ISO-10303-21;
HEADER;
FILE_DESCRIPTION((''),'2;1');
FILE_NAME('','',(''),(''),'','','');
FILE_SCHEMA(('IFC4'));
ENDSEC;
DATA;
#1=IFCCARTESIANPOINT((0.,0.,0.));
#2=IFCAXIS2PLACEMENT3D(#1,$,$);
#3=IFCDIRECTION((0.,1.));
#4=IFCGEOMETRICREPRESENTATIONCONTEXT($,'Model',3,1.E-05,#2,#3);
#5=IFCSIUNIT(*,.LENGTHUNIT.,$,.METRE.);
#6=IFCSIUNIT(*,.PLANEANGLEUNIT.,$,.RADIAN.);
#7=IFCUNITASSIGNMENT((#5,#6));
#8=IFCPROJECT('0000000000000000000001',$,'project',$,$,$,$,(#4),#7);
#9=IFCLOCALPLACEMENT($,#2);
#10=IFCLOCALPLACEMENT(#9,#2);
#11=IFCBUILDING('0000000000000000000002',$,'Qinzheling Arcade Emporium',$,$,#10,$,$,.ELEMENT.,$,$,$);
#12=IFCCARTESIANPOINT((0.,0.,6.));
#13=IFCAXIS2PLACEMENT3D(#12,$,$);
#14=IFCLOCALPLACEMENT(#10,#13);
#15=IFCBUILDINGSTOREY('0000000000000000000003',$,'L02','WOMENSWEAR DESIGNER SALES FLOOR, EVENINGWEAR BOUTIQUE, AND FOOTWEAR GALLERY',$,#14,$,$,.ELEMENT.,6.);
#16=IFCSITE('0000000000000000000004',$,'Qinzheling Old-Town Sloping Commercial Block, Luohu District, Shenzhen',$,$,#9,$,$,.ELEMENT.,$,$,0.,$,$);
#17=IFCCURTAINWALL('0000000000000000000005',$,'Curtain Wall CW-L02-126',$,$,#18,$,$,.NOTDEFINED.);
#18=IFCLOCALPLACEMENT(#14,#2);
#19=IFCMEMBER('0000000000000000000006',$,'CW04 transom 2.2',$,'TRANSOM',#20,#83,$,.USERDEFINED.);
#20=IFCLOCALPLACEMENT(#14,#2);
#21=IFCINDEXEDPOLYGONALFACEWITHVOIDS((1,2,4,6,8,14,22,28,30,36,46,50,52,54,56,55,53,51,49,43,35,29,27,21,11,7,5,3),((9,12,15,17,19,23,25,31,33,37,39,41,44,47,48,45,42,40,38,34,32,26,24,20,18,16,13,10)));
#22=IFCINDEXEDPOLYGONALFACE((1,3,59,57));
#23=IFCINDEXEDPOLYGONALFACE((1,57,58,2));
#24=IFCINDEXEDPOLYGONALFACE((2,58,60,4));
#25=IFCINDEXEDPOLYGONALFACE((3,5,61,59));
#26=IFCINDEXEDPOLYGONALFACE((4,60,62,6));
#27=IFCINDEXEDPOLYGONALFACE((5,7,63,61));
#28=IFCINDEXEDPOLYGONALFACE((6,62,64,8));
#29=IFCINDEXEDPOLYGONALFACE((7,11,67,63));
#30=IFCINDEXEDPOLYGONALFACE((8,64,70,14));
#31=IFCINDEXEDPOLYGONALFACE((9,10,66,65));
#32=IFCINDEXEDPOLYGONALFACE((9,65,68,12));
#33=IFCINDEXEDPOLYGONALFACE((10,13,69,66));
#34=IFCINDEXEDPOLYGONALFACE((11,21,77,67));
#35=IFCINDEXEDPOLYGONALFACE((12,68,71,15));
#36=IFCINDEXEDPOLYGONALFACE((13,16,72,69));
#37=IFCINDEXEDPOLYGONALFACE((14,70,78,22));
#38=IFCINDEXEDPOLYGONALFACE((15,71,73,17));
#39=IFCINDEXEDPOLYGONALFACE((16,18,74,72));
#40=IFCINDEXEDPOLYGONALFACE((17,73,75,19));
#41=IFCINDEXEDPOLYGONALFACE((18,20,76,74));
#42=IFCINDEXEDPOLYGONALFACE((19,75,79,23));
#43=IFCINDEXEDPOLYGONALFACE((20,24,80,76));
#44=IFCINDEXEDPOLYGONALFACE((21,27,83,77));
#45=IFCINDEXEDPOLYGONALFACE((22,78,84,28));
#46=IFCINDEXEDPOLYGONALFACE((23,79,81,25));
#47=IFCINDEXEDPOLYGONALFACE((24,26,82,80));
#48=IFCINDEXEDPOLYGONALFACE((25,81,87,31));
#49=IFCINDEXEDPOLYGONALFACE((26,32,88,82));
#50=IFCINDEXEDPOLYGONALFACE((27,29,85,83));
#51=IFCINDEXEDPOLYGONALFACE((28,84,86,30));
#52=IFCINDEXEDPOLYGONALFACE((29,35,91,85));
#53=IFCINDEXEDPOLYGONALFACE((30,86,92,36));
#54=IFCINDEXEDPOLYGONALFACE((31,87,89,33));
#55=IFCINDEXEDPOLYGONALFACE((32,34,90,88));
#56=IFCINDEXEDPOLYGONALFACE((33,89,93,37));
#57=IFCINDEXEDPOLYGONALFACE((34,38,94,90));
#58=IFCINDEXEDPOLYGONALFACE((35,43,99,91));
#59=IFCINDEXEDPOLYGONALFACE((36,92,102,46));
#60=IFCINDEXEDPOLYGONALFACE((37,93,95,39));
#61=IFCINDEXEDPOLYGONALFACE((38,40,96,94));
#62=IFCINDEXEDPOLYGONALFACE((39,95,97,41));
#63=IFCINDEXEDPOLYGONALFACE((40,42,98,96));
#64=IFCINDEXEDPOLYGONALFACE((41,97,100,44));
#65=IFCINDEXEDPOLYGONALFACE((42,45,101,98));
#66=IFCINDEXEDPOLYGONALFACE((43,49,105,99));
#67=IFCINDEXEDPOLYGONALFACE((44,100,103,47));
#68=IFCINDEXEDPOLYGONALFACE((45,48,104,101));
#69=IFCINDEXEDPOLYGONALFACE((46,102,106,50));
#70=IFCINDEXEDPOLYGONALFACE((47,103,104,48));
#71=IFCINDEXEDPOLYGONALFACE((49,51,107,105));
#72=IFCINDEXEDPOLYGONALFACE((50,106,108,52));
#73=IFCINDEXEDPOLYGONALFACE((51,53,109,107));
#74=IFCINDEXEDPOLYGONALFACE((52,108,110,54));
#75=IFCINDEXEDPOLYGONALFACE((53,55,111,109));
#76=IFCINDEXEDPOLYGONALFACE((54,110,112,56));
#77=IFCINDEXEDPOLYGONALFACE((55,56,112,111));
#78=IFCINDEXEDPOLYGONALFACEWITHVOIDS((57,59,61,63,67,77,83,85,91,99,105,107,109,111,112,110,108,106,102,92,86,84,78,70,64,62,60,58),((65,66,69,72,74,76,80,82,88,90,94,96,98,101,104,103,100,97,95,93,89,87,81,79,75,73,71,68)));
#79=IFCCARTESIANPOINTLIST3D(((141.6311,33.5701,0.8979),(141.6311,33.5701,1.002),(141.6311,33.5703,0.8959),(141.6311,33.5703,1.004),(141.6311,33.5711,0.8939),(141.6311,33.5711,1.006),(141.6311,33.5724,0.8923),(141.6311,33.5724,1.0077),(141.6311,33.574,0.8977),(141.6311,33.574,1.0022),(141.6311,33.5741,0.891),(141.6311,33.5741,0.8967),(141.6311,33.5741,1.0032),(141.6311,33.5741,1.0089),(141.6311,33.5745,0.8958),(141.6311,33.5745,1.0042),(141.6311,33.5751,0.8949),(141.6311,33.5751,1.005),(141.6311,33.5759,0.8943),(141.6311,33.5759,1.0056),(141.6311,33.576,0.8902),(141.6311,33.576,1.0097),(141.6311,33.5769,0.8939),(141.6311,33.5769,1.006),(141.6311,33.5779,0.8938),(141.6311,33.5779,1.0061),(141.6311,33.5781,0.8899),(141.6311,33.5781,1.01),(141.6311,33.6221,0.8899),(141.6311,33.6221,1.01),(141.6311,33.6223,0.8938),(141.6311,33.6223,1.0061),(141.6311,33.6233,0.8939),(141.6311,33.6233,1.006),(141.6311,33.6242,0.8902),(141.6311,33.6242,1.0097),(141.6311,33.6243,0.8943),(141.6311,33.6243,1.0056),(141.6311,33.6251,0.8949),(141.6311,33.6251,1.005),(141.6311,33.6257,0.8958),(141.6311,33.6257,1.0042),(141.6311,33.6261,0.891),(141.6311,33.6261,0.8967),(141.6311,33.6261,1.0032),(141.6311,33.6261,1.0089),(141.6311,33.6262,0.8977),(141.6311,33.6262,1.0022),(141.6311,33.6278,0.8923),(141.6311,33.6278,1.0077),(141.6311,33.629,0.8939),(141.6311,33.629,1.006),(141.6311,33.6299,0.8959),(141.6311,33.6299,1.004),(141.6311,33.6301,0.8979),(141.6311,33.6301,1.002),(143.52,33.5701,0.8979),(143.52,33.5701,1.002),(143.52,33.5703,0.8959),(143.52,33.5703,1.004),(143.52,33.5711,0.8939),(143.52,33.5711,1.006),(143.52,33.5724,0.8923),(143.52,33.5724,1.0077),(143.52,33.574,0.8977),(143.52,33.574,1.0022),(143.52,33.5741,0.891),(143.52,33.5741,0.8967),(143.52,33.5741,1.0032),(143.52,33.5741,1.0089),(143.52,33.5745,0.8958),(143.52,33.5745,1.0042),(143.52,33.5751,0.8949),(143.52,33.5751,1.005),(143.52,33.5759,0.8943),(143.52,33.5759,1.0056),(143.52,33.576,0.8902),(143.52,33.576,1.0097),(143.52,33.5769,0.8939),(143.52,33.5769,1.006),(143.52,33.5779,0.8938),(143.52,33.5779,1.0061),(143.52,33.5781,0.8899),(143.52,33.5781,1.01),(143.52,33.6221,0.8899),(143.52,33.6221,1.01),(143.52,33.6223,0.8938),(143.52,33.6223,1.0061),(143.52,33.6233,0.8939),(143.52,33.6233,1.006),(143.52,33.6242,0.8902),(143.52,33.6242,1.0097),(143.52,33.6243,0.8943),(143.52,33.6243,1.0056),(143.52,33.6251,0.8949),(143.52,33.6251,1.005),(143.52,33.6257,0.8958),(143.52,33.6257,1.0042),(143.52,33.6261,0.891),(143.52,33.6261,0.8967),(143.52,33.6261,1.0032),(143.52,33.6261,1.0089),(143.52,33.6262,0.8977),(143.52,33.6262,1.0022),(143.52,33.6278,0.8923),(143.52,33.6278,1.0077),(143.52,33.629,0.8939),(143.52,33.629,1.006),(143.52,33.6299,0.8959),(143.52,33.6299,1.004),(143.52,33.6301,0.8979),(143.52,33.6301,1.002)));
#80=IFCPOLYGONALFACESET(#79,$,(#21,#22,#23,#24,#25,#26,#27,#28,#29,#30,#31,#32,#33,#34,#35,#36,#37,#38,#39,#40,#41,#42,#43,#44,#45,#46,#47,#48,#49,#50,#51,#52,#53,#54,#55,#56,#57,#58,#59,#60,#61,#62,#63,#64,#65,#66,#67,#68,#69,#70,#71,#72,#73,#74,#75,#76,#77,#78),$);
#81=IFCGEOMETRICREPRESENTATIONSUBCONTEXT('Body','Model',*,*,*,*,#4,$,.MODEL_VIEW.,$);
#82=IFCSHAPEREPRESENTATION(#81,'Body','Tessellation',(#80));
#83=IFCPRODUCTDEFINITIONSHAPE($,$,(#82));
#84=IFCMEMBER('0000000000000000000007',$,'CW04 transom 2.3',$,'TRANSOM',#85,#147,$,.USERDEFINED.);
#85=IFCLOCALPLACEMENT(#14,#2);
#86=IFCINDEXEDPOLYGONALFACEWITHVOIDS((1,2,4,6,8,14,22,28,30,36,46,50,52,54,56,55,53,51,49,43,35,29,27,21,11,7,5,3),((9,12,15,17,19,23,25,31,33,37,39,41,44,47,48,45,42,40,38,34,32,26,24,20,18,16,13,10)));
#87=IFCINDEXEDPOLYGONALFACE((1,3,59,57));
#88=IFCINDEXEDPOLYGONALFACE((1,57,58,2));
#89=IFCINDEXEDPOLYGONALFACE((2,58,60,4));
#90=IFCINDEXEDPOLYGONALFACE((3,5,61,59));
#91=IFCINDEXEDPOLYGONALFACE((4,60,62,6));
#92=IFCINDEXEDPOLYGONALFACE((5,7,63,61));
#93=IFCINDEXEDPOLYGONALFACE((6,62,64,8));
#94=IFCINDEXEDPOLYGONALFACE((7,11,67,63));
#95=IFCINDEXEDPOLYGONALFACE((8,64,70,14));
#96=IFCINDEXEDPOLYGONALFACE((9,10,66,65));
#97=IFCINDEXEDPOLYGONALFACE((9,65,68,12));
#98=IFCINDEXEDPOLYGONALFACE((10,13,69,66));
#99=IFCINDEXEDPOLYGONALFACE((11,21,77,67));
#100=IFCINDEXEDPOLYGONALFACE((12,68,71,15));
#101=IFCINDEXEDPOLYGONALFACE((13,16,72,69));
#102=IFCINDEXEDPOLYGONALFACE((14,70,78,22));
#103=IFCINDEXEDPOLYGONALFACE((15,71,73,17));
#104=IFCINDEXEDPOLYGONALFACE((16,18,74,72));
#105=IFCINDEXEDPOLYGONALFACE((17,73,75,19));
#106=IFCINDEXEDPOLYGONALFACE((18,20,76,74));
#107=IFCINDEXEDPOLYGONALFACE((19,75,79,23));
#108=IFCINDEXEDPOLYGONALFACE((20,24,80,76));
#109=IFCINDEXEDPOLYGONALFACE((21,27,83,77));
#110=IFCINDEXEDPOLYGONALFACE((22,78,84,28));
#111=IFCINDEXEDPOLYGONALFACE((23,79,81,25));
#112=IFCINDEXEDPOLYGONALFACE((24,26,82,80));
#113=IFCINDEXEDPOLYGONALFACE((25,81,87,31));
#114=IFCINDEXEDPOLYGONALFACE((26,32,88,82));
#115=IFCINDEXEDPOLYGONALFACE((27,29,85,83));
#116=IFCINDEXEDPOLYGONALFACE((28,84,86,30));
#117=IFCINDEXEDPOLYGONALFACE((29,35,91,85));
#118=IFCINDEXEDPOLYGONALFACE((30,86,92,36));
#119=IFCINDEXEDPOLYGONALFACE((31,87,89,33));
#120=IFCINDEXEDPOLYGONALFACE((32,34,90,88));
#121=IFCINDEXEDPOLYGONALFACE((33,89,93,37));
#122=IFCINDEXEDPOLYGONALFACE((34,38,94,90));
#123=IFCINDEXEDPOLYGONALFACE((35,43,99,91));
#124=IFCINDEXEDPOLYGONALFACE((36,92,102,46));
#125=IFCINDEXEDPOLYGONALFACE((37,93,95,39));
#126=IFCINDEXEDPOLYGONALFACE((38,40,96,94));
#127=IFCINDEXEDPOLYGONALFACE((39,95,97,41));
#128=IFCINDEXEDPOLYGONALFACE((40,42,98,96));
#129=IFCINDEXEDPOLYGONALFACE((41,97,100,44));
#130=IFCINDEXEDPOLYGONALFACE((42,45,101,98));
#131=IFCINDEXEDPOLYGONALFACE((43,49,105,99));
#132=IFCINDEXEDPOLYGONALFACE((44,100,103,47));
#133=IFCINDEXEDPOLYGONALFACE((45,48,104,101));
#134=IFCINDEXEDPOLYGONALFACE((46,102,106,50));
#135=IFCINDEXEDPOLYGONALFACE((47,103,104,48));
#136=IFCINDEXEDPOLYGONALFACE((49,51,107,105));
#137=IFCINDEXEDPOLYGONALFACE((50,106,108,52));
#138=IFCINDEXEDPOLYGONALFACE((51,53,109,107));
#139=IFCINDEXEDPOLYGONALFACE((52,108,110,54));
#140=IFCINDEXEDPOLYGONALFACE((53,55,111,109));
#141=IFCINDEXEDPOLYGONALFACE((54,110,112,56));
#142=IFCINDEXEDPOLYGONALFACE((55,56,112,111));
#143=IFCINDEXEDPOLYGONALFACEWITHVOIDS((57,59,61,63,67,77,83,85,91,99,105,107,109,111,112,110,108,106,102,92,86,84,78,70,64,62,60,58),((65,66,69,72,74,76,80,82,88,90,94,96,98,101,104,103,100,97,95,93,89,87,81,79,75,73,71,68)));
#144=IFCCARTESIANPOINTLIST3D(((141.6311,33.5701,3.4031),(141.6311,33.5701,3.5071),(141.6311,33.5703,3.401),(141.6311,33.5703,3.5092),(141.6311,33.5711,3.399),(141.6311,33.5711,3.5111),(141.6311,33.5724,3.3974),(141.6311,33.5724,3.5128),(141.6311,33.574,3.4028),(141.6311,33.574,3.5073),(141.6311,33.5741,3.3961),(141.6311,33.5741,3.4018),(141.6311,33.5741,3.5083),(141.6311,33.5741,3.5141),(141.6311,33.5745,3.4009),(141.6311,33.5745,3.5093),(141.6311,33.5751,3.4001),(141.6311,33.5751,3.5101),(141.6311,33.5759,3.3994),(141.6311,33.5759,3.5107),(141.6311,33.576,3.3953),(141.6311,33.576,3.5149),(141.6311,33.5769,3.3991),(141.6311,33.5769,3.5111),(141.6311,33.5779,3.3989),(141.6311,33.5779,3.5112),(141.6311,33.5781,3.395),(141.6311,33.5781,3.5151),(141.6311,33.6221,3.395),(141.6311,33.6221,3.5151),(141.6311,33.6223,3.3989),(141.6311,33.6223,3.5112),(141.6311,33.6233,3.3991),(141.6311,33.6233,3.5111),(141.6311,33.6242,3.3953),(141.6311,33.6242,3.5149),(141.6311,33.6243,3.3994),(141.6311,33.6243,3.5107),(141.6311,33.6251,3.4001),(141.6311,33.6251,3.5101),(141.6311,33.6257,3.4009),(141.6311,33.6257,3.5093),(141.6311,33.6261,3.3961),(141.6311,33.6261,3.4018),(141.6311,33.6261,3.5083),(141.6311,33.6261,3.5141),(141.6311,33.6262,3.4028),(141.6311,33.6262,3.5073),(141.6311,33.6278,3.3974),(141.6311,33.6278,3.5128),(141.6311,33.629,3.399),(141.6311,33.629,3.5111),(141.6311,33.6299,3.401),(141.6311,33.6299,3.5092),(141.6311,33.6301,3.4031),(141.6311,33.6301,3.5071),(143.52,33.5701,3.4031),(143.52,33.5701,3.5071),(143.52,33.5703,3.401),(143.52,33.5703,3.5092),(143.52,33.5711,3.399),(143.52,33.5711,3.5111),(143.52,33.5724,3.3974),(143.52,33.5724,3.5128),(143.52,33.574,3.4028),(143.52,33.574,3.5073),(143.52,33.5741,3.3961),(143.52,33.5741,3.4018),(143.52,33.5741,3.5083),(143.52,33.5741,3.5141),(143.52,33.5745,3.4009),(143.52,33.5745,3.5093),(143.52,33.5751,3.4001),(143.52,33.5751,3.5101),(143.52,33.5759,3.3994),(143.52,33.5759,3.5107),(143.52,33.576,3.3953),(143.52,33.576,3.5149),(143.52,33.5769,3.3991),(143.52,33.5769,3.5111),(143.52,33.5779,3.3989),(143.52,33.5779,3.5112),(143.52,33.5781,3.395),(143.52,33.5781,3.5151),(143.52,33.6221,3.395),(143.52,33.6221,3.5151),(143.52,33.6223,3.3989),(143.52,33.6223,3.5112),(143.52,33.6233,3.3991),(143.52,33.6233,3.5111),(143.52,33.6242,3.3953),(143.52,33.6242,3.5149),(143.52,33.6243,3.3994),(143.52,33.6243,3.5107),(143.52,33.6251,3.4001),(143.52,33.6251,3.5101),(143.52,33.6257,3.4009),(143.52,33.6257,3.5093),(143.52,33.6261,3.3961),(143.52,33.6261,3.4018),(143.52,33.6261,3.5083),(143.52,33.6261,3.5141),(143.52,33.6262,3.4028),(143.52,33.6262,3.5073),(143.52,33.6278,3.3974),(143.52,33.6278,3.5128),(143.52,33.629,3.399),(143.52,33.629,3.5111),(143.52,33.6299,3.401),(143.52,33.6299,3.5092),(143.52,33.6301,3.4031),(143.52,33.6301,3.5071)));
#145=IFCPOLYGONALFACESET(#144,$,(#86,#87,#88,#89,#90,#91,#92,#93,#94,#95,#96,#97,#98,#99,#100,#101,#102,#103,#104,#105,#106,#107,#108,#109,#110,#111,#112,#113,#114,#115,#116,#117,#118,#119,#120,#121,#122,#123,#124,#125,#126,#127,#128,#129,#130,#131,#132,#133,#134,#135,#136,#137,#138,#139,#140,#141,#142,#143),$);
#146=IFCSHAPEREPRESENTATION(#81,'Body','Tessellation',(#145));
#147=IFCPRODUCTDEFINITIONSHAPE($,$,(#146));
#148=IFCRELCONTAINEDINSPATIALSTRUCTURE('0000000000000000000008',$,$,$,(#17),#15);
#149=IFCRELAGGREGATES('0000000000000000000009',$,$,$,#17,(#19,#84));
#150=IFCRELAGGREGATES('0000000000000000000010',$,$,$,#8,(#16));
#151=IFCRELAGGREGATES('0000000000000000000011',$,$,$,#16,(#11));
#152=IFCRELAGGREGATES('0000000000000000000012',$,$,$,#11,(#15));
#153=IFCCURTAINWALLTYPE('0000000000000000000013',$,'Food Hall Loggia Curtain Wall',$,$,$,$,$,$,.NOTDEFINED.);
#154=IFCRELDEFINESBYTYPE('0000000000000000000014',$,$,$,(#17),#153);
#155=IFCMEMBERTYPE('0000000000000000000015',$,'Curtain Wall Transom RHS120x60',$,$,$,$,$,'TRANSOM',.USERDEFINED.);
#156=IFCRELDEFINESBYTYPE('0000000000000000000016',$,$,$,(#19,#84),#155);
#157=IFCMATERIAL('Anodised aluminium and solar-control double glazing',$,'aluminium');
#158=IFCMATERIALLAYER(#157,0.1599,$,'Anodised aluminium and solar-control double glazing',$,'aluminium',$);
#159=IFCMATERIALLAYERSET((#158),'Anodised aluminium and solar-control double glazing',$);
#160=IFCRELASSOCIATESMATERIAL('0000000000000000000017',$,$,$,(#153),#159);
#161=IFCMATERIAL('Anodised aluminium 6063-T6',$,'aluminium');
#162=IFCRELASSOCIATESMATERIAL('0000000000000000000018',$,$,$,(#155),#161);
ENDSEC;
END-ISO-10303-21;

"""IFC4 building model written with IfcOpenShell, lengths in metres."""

from ifc_helpers import new_model, si_unit, direction, frame, origin, origin_2d, place, context, subcontext, project, spatial, hollow_rectangle, extrude, material, layer, layer_set, material_profile, profile_set, type_object, element, aggregate, save


model = new_model("IFC4")

# Units and contexts
model_context = context("Model", 3, precision=1e-05, world=origin(), true_north=direction((0.0, 1.0)))
body_context = subcontext(model_context, "Body", "Model", "MODEL_VIEW")
ifc_project = project(units=[si_unit("LENGTHUNIT", "METRE"), si_unit("PLANEANGLEUNIT", "RADIAN")], contexts=[model_context])

# Site, building, storey
site_placement = place(None, origin())
site = spatial("IfcSite", under=ifc_project, at=site_placement, Name="Qinzheling Old-Town Sloping Commercial Block, Luohu District, Shenzhen", CompositionType="ELEMENT", RefElevation=0.0)
building_placement = place(site_placement, origin())
building = spatial("IfcBuilding", under=site, at=building_placement, Name="Qinzheling Arcade Emporium", CompositionType="ELEMENT")
storey_placement = place(building_placement, frame((0.0, 0.0, 6.0)))
storey = spatial("IfcBuildingStorey", under=building, at=storey_placement, Name="L02", Description="WOMENSWEAR DESIGNER SALES FLOOR, EVENINGWEAR BOUTIQUE, AND FOOTWEAR GALLERY", CompositionType="ELEMENT", Elevation=6.0)

# Curtain wall, members
ifc_material_1 = material(Name="Anodised aluminium and solar-control double glazing", Category="aluminium")
ifc_layer_1 = layer(ifc_material_1, 0.1599, Name="Anodised aluminium and solar-control double glazing", Category="aluminium")
ifc_layer_set_1 = layer_set([ifc_layer_1], Name="Anodised aluminium and solar-control double glazing")
curtain_wall_type = type_object("IfcCurtainWallType", Name="Food Hall Loggia Curtain Wall", PredefinedType="NOTDEFINED", material=ifc_layer_set_1)
curtain_wall_placement = place(storey_placement, origin())
curtain_wall = element("IfcCurtainWall", 1, at=curtain_wall_placement, inside=storey, type_object=curtain_wall_type, Name="Curtain Wall CW-L02-126", PredefinedType="NOTDEFINED")
ifc_material_2 = material(Name="Anodised aluminium 6063-T6", Category="aluminium")
ifc_material_profile_1 = material_profile(ifc_material_2, hollow_rectangle(XDim=0.0601, YDim=0.1201, WallThickness=0.0039, InnerFilletRadius=0.0039, OuterFilletRadius=0.0081, at=origin_2d()), Name="RHS 120x60x4", Category="aluminium")
ifc_profile_set_1 = profile_set([ifc_material_profile_1], Name="Anodised aluminium 6063-T6")
member_type_1 = type_object("IfcMemberType", Name="Curtain Wall Transom RHS120x60", ElementType="TRANSOM", PredefinedType="USERDEFINED", material=ifc_profile_set_1)
member_1_placement = place(storey_placement, frame((141.6311, 33.6001, 0.95), z_axis=(1.0, 0.0, 0.0), x_axis=(0.0, 1.0, 0.0)))
member_1 = element("IfcMember", 2, at=member_1_placement, type_object=member_type_1, Name="CW04 transom 2.2", ObjectType="TRANSOM", PredefinedType="USERDEFINED", context=body_context, shape_type="SweptSolid", body=[
    extrude(hollow_rectangle(XDim=0.0601, YDim=0.1201, WallThickness=0.0039, InnerFilletRadius=0.0039, OuterFilletRadius=0.0081, at=origin_2d()), origin(), (0.0, 0.0, 1.0), 1.8889),
])
member_2_placement = place(storey_placement, frame((141.6311, 33.6001, 3.4551), z_axis=(1.0, 0.0, 0.0), x_axis=(0.0, 1.0, 0.0)))
member_2 = element("IfcMember", 3, at=member_2_placement, type_object=member_type_1, Name="CW04 transom 2.3", ObjectType="TRANSOM", PredefinedType="USERDEFINED", context=body_context, shape_type="SweptSolid", body=[
    extrude(hollow_rectangle(XDim=0.0601, YDim=0.1201, WallThickness=0.0039, InnerFilletRadius=0.0039, OuterFilletRadius=0.0081, at=origin_2d()), origin(), (0.0, 0.0, 1.0), 1.8889),
])
aggregate(curtain_wall, [member_1, member_2])

save(model, "model.ifc")
